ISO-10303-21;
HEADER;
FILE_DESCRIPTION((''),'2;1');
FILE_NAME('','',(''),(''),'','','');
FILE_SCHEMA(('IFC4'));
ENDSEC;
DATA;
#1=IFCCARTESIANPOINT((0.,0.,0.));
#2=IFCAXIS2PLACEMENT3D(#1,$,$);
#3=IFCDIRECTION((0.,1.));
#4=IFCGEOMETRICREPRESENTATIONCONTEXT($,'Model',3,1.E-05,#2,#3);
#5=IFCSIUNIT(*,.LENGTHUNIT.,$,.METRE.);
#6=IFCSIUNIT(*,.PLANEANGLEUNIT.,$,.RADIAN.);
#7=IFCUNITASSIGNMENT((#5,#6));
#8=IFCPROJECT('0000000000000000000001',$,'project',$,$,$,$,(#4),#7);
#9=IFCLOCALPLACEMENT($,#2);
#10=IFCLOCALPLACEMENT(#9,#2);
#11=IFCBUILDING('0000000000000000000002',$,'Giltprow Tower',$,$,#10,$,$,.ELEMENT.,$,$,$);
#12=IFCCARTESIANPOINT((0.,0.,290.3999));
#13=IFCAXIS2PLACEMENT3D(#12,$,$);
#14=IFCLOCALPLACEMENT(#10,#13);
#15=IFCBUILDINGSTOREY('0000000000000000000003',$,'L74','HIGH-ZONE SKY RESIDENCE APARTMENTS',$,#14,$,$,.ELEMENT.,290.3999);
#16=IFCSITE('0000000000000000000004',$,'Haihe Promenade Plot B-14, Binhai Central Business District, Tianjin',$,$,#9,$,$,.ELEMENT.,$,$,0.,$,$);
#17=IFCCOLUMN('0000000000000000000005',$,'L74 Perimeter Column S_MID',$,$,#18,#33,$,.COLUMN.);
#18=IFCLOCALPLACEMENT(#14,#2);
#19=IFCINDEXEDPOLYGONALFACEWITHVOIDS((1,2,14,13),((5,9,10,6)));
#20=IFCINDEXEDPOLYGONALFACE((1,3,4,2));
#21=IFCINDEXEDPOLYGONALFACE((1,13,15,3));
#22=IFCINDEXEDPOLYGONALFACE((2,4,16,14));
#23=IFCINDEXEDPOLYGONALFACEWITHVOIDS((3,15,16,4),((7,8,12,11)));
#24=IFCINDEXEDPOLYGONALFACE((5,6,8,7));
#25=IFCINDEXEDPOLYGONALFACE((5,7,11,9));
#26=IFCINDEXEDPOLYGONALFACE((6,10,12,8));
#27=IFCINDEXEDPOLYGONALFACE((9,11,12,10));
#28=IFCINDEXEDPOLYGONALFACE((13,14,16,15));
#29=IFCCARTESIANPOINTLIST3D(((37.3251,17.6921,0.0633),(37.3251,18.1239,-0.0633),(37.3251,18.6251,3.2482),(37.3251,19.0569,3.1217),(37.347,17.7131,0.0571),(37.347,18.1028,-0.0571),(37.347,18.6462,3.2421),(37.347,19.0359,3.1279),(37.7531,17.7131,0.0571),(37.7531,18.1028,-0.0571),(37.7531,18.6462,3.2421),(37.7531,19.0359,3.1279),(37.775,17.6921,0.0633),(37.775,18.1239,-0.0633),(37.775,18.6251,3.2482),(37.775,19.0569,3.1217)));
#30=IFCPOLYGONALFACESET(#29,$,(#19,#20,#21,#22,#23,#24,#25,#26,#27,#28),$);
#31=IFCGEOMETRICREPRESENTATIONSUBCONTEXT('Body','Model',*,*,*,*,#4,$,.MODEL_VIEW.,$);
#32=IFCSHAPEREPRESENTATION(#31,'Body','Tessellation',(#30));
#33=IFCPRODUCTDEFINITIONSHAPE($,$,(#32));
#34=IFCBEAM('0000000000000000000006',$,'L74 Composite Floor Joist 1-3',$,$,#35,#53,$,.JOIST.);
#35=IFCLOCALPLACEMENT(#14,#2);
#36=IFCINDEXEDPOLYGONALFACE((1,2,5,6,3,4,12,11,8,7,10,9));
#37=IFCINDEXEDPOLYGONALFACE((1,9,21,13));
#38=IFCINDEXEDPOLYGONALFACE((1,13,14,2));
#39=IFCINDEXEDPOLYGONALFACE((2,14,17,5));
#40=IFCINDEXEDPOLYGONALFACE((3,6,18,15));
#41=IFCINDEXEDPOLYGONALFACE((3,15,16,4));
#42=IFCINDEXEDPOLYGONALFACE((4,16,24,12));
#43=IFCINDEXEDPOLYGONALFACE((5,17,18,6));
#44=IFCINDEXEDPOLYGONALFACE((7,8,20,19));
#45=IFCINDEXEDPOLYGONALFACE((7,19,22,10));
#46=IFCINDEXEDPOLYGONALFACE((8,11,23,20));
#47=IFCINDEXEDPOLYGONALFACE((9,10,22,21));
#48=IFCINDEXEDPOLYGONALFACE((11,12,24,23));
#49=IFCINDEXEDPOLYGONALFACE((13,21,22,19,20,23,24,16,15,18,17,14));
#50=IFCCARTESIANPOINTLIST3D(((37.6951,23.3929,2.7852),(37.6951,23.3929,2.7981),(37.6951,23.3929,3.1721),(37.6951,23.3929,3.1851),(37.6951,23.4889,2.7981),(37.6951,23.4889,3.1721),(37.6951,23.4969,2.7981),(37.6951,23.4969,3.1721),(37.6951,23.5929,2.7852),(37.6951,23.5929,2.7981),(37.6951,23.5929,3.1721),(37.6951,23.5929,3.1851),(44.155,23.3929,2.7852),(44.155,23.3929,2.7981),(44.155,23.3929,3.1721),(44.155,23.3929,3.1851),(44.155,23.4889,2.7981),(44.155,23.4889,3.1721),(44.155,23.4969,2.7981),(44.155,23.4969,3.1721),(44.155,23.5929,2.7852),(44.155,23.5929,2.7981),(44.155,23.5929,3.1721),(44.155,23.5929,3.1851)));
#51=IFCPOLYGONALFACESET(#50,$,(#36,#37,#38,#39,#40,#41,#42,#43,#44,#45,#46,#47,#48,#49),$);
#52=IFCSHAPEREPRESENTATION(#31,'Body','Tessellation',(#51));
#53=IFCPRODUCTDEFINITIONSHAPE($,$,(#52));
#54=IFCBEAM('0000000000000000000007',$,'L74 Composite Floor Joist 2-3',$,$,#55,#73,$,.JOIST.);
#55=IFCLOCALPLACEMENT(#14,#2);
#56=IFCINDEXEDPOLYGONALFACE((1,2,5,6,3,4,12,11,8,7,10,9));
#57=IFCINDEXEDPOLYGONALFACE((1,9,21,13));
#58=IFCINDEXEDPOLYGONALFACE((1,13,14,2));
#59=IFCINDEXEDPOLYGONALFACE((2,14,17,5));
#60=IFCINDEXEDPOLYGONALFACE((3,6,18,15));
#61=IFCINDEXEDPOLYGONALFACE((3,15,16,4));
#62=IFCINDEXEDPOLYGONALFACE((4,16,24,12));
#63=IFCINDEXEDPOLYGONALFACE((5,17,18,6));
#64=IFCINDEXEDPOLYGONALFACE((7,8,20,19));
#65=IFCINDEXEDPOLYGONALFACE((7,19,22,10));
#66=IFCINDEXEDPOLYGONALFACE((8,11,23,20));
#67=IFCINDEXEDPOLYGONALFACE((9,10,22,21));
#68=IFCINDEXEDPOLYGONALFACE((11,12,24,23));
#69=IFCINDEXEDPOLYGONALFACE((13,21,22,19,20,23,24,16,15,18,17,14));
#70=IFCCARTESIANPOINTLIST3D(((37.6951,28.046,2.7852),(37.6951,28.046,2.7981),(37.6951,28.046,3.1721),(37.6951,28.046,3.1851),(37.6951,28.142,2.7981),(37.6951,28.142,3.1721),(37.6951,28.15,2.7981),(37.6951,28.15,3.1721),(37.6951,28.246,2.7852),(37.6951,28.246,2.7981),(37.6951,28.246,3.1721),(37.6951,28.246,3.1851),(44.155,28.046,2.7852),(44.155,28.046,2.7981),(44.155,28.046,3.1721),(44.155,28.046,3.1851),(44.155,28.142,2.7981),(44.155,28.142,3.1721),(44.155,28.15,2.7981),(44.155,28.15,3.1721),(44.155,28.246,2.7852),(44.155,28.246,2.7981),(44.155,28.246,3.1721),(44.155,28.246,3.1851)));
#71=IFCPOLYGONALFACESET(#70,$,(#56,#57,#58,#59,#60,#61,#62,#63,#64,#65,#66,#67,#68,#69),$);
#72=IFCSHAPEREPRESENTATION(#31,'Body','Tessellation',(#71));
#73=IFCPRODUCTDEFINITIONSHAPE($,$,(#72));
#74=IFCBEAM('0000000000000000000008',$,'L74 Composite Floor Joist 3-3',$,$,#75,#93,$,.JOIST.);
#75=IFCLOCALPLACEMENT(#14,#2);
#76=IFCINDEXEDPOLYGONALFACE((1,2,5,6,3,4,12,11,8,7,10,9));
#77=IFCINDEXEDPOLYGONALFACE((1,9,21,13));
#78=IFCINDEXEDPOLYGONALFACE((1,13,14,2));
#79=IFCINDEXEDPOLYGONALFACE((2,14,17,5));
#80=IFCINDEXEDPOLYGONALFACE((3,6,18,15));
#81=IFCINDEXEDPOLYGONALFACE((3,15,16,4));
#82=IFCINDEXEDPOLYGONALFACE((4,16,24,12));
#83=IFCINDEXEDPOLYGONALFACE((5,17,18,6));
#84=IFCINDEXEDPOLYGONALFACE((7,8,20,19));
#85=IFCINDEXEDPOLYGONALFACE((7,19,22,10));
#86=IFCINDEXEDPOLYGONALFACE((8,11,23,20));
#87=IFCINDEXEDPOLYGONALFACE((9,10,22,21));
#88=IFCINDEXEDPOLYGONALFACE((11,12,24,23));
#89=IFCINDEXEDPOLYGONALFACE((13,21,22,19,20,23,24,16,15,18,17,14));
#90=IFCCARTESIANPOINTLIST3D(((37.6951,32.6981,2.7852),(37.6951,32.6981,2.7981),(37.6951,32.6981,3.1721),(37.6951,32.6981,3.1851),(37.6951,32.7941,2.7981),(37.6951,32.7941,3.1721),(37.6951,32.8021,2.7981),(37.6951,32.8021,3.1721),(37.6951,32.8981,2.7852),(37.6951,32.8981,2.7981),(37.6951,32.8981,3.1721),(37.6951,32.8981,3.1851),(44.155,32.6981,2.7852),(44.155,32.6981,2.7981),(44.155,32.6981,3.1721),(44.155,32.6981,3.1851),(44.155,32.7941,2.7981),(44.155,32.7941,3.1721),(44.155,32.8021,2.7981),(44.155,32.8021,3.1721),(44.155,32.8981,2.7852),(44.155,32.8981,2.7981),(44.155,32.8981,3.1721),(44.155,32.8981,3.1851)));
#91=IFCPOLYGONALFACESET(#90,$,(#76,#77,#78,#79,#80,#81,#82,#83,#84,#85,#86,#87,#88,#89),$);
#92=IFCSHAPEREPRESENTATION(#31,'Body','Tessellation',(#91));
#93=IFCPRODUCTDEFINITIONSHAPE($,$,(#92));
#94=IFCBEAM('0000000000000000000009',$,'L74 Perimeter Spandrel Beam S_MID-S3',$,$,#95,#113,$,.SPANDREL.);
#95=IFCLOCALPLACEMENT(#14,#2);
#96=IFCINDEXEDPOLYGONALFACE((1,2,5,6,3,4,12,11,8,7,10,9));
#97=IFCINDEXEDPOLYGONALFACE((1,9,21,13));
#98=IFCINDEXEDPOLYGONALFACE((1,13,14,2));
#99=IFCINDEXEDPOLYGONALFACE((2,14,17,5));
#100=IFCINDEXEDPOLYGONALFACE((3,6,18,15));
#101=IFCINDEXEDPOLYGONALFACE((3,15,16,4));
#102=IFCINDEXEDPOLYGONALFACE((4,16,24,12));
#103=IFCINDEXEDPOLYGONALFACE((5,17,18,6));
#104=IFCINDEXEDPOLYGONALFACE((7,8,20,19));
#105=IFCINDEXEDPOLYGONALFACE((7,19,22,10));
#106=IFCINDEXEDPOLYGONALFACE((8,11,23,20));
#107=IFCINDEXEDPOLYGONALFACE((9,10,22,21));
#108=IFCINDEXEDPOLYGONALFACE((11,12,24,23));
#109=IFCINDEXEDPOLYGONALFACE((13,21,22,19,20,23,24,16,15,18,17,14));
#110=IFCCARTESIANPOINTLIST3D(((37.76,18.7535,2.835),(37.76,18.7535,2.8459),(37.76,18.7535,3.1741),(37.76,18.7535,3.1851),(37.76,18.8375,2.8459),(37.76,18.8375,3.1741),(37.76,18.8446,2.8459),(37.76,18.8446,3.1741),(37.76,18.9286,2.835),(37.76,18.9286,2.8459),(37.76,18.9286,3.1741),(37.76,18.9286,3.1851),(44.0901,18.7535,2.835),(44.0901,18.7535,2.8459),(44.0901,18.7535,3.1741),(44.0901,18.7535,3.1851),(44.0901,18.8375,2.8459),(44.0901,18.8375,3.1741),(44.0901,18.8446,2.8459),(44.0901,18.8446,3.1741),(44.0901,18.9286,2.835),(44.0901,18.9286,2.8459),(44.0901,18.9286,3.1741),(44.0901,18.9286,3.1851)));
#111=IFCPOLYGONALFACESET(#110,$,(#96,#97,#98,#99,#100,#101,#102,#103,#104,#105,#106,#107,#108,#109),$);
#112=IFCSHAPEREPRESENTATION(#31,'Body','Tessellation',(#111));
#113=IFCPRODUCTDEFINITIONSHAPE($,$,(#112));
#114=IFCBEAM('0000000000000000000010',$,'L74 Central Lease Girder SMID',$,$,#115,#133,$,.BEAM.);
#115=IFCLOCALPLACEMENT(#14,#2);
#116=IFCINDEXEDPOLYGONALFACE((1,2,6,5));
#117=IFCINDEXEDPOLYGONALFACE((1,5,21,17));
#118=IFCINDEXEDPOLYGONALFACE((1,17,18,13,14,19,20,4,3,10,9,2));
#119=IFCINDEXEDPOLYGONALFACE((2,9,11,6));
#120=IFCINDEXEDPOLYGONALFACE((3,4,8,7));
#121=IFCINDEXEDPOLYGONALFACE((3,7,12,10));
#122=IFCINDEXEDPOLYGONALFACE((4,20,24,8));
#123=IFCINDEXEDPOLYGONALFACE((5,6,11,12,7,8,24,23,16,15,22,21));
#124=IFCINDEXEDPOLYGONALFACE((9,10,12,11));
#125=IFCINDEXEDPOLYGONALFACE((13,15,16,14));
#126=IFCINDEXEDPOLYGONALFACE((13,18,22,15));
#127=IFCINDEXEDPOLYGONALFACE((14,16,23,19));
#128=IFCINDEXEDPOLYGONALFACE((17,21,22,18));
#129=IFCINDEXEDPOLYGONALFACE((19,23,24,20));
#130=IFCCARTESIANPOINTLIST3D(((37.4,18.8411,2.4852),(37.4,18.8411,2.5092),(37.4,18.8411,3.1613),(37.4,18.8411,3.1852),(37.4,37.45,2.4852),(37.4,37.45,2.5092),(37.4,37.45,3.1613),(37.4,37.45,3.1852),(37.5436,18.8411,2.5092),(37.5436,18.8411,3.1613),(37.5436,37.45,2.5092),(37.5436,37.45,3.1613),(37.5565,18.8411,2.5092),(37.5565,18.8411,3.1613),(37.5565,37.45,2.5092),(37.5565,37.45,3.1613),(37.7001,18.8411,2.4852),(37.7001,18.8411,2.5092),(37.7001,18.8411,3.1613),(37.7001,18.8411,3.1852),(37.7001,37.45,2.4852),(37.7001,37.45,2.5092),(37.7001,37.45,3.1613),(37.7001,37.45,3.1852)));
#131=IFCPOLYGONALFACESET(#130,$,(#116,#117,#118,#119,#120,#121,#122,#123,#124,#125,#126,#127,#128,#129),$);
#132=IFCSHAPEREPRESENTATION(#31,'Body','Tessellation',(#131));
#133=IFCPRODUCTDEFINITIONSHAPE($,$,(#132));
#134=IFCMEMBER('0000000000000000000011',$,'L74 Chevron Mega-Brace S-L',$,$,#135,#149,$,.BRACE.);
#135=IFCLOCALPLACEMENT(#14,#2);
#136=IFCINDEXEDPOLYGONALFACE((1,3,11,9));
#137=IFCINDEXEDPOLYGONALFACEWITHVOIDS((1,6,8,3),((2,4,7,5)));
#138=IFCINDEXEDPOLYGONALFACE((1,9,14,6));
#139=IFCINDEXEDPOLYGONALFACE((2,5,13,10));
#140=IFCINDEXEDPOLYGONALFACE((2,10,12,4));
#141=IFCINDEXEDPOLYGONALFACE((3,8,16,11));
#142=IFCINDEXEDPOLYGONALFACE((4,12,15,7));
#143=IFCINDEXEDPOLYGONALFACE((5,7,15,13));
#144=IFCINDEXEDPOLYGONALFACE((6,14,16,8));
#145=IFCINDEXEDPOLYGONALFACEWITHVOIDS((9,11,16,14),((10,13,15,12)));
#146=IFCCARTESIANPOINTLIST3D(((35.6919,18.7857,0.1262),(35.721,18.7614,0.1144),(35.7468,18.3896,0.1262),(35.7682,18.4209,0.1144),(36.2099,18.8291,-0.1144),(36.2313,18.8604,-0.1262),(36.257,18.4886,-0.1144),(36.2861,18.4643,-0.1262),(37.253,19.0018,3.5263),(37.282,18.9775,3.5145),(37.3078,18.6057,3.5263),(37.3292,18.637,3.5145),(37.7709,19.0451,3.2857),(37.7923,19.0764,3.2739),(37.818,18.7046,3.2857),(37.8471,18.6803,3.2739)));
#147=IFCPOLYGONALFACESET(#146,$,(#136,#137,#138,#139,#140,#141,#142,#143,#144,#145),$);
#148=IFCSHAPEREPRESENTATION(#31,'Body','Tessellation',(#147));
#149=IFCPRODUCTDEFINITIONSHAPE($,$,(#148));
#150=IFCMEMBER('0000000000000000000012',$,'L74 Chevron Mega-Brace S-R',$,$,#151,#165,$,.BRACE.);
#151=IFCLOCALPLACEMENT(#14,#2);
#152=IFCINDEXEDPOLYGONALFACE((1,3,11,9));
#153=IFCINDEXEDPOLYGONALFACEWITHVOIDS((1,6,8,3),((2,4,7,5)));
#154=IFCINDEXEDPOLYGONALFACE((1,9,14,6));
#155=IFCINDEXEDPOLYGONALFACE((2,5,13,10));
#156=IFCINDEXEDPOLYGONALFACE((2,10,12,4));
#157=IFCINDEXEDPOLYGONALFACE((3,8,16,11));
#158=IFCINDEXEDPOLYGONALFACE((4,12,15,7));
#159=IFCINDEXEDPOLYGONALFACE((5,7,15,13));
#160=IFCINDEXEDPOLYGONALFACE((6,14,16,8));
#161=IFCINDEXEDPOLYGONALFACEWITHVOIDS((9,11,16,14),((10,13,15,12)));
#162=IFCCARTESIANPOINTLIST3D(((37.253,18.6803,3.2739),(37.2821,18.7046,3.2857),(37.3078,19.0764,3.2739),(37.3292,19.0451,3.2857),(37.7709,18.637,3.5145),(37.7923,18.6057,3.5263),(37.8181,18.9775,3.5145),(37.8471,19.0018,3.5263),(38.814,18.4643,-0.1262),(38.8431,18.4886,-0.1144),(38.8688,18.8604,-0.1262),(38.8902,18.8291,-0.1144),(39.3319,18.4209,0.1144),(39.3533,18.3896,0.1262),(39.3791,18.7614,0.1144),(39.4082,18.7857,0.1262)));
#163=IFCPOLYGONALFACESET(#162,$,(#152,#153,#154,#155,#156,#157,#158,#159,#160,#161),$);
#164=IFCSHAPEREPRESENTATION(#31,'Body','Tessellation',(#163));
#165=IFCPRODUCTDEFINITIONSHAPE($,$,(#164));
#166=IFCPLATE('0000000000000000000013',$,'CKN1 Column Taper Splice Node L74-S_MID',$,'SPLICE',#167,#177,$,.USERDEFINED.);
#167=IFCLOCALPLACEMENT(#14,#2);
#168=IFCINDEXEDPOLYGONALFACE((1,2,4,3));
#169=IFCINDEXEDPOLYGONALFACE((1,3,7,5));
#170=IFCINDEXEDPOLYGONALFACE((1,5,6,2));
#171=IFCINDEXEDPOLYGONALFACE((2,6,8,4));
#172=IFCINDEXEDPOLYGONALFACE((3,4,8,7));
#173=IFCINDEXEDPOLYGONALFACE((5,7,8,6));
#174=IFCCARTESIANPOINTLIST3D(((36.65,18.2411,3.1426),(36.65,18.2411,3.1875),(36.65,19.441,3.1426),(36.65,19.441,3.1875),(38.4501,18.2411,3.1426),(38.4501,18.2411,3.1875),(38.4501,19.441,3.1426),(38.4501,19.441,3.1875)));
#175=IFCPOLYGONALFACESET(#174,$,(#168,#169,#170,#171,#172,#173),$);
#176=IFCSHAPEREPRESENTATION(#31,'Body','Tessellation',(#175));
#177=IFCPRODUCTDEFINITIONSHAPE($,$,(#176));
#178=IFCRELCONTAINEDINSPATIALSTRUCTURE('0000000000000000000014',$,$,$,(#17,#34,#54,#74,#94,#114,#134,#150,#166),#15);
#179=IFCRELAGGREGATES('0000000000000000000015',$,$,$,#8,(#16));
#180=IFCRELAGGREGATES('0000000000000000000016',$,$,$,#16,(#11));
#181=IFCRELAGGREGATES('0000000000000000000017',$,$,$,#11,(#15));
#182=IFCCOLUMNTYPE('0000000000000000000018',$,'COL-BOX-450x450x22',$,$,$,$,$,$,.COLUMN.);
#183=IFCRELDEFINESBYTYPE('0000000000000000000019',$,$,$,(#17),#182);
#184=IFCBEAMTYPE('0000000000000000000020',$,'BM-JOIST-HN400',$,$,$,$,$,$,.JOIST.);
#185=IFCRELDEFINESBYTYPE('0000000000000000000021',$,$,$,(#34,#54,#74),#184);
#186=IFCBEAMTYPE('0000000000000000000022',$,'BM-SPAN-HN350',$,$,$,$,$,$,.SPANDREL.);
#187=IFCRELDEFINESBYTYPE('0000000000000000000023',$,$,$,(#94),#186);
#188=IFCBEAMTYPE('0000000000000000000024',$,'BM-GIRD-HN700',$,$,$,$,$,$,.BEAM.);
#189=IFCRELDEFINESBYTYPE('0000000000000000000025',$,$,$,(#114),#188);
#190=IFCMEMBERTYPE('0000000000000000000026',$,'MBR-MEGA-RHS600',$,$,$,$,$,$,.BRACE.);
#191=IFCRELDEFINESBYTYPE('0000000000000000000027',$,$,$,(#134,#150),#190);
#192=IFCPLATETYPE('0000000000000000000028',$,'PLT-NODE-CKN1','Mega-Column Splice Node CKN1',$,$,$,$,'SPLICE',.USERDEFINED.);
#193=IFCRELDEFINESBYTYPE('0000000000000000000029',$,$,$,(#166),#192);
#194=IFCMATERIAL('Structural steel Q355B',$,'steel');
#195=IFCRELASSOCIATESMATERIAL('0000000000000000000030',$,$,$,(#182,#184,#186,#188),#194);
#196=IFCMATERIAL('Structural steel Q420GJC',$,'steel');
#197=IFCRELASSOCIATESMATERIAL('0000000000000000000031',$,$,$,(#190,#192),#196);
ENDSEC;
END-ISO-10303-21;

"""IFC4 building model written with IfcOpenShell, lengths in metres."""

from ifc_helpers import new_model, si_unit, direction, frame, origin, origin_2d, place, context, subcontext, project, spatial, rectangle, hollow_rectangle, i_section, extrude, source, transform, mapped, material, material_profile, profile_set, type_object, element, save


model = new_model("IFC4")

# Units and contexts
model_context = context("Model", 3, precision=1e-05, world=origin(), true_north=direction((0.0, 1.0)))
body_context = subcontext(model_context, "Body", "Model", "MODEL_VIEW")
ifc_project = project(units=[si_unit("LENGTHUNIT", "METRE"), si_unit("PLANEANGLEUNIT", "RADIAN")], contexts=[model_context])

# Site, building, storey
site_placement = place(None, origin())
site = spatial("IfcSite", under=ifc_project, at=site_placement, Name="Haihe Promenade Plot B-14, Binhai Central Business District, Tianjin", CompositionType="ELEMENT", RefElevation=0.0)
building_placement = place(site_placement, origin())
building = spatial("IfcBuilding", under=site, at=building_placement, Name="Giltprow Tower", CompositionType="ELEMENT")
storey_placement = place(building_placement, frame((0.0, 0.0, 290.3999)))
storey = spatial("IfcBuildingStorey", under=building, at=storey_placement, Name="L74", Description="HIGH-ZONE SKY RESIDENCE APARTMENTS", CompositionType="ELEMENT", Elevation=290.3999)

# Column
ifc_material_1 = material(Name="Structural steel Q355B", Category="steel")
ifc_material_profile_1 = material_profile(ifc_material_1, hollow_rectangle(XDim=0.45, YDim=0.45, WallThickness=0.022, at=origin_2d()), Name="BOX 450x450x22")
ifc_profile_set_1 = profile_set([ifc_material_profile_1], Name="Structural steel Q355B")
column_type = type_object("IfcColumnType", Name="COL-BOX-450x450x22", PredefinedType="COLUMN", material=ifc_profile_set_1)
shared_shape_1 = source(origin(), body_context, "Body", "SweptSolid", [
    extrude(hollow_rectangle(XDim=0.45, YDim=0.45, WallThickness=0.022, at=origin_2d()), origin(), (0.0, 0.0, 1.0), 3.3188),
])
column_placement = place(storey_placement, frame((37.55, 17.908, 0.0), z_axis=(0.0, 0.281147, 0.959665), x_axis=(-1.0, 0.0, 0.0)))
element("IfcColumn", 1, at=column_placement, inside=storey, type_object=column_type, Name="L74 Perimeter Column S_MID", PredefinedType="COLUMN", context=body_context, shape_type="MappedRepresentation", body=[
    mapped(shared_shape_1, transform((0.0, 0.0, 0.0), x_axis=(1.0, 0.0, 0.0), y_axis=(0.0, 1.0, 0.0), z_axis=(0.0, 0.0, 1.0), scale=1.0)),
])

# Beams
ifc_material_profile_2 = material_profile(ifc_material_1, i_section(OverallWidth=0.2, OverallDepth=0.3999, WebThickness=0.0081, FlangeThickness=0.0129, at=origin_2d()), Name="HN 400x200x8x13")
ifc_profile_set_2 = profile_set([ifc_material_profile_2], Name="Structural steel Q355B")
beam_type_1 = type_object("IfcBeamType", Name="BM-JOIST-HN400", PredefinedType="JOIST", material=ifc_profile_set_2)
shared_shape_2 = source(origin(), body_context, "Body", "SweptSolid", [
    extrude(i_section(OverallWidth=0.2, OverallDepth=0.3999, WebThickness=0.0081, FlangeThickness=0.0129, at=origin_2d()), origin(), (0.0, 0.0, 1.0), 6.46),
])
for number, where, z_axis, x_axis, name in (
    (2, (37.6951, 23.4929, 2.9851), (1.0, 0.0, 0.0), (0.0, 1.0, 0.0), "L74 Composite Floor Joist 1-3"),
    (3, (37.6951, 28.146, 2.9851), (1.0, 0.0, 0.0), (0.0, 1.0, 0.0), "L74 Composite Floor Joist 2-3"),
    (4, (37.6951, 32.7981, 2.9851), (1.0, 0.0, 0.0), (0.0, 1.0, 0.0), "L74 Composite Floor Joist 3-3"),
):
    element("IfcBeam", number, at=place(storey_placement, frame(where, z_axis=z_axis, x_axis=x_axis)), inside=storey, type_object=beam_type_1, Name=name, PredefinedType="JOIST", context=body_context, shape_type="MappedRepresentation", body=[
        mapped(shared_shape_2, transform((0.0, 0.0, 0.0), x_axis=(1.0, 0.0, 0.0), y_axis=(0.0, 1.0, 0.0), z_axis=(0.0, 0.0, 1.0), scale=1.0)),
    ])
ifc_material_profile_3 = material_profile(ifc_material_1, i_section(OverallWidth=0.175, OverallDepth=0.3501, WebThickness=0.0071, FlangeThickness=0.011, at=origin_2d()), Name="HN 350x175x7x11")
ifc_profile_set_3 = profile_set([ifc_material_profile_3], Name="Structural steel Q355B")
beam_type_2 = type_object("IfcBeamType", Name="BM-SPAN-HN350", PredefinedType="SPANDREL", material=ifc_profile_set_3)
shared_shape_3 = source(origin(), body_context, "Body", "SweptSolid", [
    extrude(i_section(OverallWidth=0.175, OverallDepth=0.3501, WebThickness=0.0071, FlangeThickness=0.011, at=origin_2d()), origin(), (0.0, 0.0, 1.0), 6.3301),
])
beam_1_placement = place(storey_placement, frame((37.76, 18.8411, 3.01), z_axis=(1.0, 0.0, 0.0), x_axis=(0.0, 1.0, 0.0)))
element("IfcBeam", 5, at=beam_1_placement, inside=storey, type_object=beam_type_2, Name="L74 Perimeter Spandrel Beam S_MID-S3", PredefinedType="SPANDREL", context=body_context, shape_type="MappedRepresentation", body=[
    mapped(shared_shape_3, transform((0.0, 0.0, 0.0), x_axis=(1.0, 0.0, 0.0), y_axis=(0.0, 1.0, 0.0), z_axis=(0.0, 0.0, 1.0), scale=1.0)),
])
ifc_material_profile_4 = material_profile(ifc_material_1, i_section(OverallWidth=0.3, OverallDepth=0.7, WebThickness=0.0129, FlangeThickness=0.0239, at=origin_2d()), Name="HN 700x300x13x24")
ifc_profile_set_4 = profile_set([ifc_material_profile_4], Name="Structural steel Q355B")
beam_type_3 = type_object("IfcBeamType", Name="BM-GIRD-HN700", PredefinedType="BEAM", material=ifc_profile_set_4)
shared_shape_4 = source(origin(), body_context, "Body", "SweptSolid", [
    extrude(i_section(OverallWidth=0.3, OverallDepth=0.7, WebThickness=0.0129, FlangeThickness=0.0239, at=origin_2d()), origin(), (0.0, 0.0, 1.0), 18.6089),
])
beam_2_placement = place(storey_placement, frame((37.55, 18.8411, 2.8352), z_axis=(0.0, 1.0, 0.0), x_axis=(-1.0, 0.0, 0.0)))
element("IfcBeam", 6, at=beam_2_placement, inside=storey, type_object=beam_type_3, Name="L74 Central Lease Girder SMID", PredefinedType="BEAM", context=body_context, shape_type="MappedRepresentation", body=[
    mapped(shared_shape_4, transform((0.0, 0.0, 0.0), x_axis=(1.0, 0.0, 0.0), y_axis=(0.0, 1.0, 0.0), z_axis=(0.0, 0.0, 1.0), scale=1.0)),
])

# Members
ifc_material_2 = material(Name="Structural steel Q420GJC", Category="steel")
ifc_material_profile_5 = material_profile(ifc_material_2, hollow_rectangle(XDim=0.3999, YDim=0.6001, WallThickness=0.0281, at=origin_2d()), Name="RHS 600x400x28")
ifc_profile_set_5 = profile_set([ifc_material_profile_5], Name="Structural steel Q420GJC")
member_type = type_object("IfcMemberType", Name="MBR-MEGA-RHS600", PredefinedType="BRACE", material=ifc_profile_set_5)
shared_shape_5 = source(origin(), body_context, "Body", "SweptSolid", [
    extrude(hollow_rectangle(XDim=0.3999, YDim=0.6001, WallThickness=0.0281, at=origin_2d()), origin(), (0.0, 0.0, 1.0), 3.7476),
])
for number, where, z_axis, x_axis, name in (
    (7, (35.989, 18.625, 0.0), (0.416543, 0.057654, 0.907286), (-0.137104, 0.990557, 0.0), "L74 Chevron Mega-Brace S-L"),
    (8, (39.1111, 18.625, 0.0), (-0.416543, 0.057654, 0.907286), (-0.137104, -0.990557, 0.0), "L74 Chevron Mega-Brace S-R"),
):
    element("IfcMember", number, at=place(storey_placement, frame(where, z_axis=z_axis, x_axis=x_axis)), inside=storey, type_object=member_type, Name=name, PredefinedType="BRACE", context=body_context, shape_type="MappedRepresentation", body=[
        mapped(shared_shape_5, transform((0.0, 0.0, 0.0), x_axis=(1.0, 0.0, 0.0), y_axis=(0.0, 1.0, 0.0), z_axis=(0.0, 0.0, 1.0), scale=1.0)),
    ])

# Plate
plate_type_1 = type_object("IfcPlateType", Name="PLT-NODE-CKN1", Description="Mega-Column Splice Node CKN1", ElementType="SPLICE", PredefinedType="USERDEFINED", material=ifc_material_2)
shared_shape_6 = source(origin(), body_context, "Body", "SweptSolid", [
    extrude(rectangle(XDim=1.8, YDim=1.2, at=origin_2d()), origin(), (0.0, 0.0, 1.0), 0.0449),
])
plate_1_placement = place(storey_placement, frame((37.55, 18.8411, 3.1426), z_axis=(0.0, 0.0, 1.0), x_axis=(1.0, 0.0, 0.0)))
element("IfcPlate", 9, at=plate_1_placement, inside=storey, type_object=plate_type_1, Name="CKN1 Column Taper Splice Node L74-S_MID", ObjectType="SPLICE", PredefinedType="USERDEFINED", context=body_context, shape_type="MappedRepresentation", body=[
    mapped(shared_shape_6, transform((0.0, 0.0, 0.0), x_axis=(1.0, 0.0, 0.0), y_axis=(0.0, 1.0, 0.0), z_axis=(0.0, 0.0, 1.0), scale=1.0)),
])

save(model, "model.ifc")
